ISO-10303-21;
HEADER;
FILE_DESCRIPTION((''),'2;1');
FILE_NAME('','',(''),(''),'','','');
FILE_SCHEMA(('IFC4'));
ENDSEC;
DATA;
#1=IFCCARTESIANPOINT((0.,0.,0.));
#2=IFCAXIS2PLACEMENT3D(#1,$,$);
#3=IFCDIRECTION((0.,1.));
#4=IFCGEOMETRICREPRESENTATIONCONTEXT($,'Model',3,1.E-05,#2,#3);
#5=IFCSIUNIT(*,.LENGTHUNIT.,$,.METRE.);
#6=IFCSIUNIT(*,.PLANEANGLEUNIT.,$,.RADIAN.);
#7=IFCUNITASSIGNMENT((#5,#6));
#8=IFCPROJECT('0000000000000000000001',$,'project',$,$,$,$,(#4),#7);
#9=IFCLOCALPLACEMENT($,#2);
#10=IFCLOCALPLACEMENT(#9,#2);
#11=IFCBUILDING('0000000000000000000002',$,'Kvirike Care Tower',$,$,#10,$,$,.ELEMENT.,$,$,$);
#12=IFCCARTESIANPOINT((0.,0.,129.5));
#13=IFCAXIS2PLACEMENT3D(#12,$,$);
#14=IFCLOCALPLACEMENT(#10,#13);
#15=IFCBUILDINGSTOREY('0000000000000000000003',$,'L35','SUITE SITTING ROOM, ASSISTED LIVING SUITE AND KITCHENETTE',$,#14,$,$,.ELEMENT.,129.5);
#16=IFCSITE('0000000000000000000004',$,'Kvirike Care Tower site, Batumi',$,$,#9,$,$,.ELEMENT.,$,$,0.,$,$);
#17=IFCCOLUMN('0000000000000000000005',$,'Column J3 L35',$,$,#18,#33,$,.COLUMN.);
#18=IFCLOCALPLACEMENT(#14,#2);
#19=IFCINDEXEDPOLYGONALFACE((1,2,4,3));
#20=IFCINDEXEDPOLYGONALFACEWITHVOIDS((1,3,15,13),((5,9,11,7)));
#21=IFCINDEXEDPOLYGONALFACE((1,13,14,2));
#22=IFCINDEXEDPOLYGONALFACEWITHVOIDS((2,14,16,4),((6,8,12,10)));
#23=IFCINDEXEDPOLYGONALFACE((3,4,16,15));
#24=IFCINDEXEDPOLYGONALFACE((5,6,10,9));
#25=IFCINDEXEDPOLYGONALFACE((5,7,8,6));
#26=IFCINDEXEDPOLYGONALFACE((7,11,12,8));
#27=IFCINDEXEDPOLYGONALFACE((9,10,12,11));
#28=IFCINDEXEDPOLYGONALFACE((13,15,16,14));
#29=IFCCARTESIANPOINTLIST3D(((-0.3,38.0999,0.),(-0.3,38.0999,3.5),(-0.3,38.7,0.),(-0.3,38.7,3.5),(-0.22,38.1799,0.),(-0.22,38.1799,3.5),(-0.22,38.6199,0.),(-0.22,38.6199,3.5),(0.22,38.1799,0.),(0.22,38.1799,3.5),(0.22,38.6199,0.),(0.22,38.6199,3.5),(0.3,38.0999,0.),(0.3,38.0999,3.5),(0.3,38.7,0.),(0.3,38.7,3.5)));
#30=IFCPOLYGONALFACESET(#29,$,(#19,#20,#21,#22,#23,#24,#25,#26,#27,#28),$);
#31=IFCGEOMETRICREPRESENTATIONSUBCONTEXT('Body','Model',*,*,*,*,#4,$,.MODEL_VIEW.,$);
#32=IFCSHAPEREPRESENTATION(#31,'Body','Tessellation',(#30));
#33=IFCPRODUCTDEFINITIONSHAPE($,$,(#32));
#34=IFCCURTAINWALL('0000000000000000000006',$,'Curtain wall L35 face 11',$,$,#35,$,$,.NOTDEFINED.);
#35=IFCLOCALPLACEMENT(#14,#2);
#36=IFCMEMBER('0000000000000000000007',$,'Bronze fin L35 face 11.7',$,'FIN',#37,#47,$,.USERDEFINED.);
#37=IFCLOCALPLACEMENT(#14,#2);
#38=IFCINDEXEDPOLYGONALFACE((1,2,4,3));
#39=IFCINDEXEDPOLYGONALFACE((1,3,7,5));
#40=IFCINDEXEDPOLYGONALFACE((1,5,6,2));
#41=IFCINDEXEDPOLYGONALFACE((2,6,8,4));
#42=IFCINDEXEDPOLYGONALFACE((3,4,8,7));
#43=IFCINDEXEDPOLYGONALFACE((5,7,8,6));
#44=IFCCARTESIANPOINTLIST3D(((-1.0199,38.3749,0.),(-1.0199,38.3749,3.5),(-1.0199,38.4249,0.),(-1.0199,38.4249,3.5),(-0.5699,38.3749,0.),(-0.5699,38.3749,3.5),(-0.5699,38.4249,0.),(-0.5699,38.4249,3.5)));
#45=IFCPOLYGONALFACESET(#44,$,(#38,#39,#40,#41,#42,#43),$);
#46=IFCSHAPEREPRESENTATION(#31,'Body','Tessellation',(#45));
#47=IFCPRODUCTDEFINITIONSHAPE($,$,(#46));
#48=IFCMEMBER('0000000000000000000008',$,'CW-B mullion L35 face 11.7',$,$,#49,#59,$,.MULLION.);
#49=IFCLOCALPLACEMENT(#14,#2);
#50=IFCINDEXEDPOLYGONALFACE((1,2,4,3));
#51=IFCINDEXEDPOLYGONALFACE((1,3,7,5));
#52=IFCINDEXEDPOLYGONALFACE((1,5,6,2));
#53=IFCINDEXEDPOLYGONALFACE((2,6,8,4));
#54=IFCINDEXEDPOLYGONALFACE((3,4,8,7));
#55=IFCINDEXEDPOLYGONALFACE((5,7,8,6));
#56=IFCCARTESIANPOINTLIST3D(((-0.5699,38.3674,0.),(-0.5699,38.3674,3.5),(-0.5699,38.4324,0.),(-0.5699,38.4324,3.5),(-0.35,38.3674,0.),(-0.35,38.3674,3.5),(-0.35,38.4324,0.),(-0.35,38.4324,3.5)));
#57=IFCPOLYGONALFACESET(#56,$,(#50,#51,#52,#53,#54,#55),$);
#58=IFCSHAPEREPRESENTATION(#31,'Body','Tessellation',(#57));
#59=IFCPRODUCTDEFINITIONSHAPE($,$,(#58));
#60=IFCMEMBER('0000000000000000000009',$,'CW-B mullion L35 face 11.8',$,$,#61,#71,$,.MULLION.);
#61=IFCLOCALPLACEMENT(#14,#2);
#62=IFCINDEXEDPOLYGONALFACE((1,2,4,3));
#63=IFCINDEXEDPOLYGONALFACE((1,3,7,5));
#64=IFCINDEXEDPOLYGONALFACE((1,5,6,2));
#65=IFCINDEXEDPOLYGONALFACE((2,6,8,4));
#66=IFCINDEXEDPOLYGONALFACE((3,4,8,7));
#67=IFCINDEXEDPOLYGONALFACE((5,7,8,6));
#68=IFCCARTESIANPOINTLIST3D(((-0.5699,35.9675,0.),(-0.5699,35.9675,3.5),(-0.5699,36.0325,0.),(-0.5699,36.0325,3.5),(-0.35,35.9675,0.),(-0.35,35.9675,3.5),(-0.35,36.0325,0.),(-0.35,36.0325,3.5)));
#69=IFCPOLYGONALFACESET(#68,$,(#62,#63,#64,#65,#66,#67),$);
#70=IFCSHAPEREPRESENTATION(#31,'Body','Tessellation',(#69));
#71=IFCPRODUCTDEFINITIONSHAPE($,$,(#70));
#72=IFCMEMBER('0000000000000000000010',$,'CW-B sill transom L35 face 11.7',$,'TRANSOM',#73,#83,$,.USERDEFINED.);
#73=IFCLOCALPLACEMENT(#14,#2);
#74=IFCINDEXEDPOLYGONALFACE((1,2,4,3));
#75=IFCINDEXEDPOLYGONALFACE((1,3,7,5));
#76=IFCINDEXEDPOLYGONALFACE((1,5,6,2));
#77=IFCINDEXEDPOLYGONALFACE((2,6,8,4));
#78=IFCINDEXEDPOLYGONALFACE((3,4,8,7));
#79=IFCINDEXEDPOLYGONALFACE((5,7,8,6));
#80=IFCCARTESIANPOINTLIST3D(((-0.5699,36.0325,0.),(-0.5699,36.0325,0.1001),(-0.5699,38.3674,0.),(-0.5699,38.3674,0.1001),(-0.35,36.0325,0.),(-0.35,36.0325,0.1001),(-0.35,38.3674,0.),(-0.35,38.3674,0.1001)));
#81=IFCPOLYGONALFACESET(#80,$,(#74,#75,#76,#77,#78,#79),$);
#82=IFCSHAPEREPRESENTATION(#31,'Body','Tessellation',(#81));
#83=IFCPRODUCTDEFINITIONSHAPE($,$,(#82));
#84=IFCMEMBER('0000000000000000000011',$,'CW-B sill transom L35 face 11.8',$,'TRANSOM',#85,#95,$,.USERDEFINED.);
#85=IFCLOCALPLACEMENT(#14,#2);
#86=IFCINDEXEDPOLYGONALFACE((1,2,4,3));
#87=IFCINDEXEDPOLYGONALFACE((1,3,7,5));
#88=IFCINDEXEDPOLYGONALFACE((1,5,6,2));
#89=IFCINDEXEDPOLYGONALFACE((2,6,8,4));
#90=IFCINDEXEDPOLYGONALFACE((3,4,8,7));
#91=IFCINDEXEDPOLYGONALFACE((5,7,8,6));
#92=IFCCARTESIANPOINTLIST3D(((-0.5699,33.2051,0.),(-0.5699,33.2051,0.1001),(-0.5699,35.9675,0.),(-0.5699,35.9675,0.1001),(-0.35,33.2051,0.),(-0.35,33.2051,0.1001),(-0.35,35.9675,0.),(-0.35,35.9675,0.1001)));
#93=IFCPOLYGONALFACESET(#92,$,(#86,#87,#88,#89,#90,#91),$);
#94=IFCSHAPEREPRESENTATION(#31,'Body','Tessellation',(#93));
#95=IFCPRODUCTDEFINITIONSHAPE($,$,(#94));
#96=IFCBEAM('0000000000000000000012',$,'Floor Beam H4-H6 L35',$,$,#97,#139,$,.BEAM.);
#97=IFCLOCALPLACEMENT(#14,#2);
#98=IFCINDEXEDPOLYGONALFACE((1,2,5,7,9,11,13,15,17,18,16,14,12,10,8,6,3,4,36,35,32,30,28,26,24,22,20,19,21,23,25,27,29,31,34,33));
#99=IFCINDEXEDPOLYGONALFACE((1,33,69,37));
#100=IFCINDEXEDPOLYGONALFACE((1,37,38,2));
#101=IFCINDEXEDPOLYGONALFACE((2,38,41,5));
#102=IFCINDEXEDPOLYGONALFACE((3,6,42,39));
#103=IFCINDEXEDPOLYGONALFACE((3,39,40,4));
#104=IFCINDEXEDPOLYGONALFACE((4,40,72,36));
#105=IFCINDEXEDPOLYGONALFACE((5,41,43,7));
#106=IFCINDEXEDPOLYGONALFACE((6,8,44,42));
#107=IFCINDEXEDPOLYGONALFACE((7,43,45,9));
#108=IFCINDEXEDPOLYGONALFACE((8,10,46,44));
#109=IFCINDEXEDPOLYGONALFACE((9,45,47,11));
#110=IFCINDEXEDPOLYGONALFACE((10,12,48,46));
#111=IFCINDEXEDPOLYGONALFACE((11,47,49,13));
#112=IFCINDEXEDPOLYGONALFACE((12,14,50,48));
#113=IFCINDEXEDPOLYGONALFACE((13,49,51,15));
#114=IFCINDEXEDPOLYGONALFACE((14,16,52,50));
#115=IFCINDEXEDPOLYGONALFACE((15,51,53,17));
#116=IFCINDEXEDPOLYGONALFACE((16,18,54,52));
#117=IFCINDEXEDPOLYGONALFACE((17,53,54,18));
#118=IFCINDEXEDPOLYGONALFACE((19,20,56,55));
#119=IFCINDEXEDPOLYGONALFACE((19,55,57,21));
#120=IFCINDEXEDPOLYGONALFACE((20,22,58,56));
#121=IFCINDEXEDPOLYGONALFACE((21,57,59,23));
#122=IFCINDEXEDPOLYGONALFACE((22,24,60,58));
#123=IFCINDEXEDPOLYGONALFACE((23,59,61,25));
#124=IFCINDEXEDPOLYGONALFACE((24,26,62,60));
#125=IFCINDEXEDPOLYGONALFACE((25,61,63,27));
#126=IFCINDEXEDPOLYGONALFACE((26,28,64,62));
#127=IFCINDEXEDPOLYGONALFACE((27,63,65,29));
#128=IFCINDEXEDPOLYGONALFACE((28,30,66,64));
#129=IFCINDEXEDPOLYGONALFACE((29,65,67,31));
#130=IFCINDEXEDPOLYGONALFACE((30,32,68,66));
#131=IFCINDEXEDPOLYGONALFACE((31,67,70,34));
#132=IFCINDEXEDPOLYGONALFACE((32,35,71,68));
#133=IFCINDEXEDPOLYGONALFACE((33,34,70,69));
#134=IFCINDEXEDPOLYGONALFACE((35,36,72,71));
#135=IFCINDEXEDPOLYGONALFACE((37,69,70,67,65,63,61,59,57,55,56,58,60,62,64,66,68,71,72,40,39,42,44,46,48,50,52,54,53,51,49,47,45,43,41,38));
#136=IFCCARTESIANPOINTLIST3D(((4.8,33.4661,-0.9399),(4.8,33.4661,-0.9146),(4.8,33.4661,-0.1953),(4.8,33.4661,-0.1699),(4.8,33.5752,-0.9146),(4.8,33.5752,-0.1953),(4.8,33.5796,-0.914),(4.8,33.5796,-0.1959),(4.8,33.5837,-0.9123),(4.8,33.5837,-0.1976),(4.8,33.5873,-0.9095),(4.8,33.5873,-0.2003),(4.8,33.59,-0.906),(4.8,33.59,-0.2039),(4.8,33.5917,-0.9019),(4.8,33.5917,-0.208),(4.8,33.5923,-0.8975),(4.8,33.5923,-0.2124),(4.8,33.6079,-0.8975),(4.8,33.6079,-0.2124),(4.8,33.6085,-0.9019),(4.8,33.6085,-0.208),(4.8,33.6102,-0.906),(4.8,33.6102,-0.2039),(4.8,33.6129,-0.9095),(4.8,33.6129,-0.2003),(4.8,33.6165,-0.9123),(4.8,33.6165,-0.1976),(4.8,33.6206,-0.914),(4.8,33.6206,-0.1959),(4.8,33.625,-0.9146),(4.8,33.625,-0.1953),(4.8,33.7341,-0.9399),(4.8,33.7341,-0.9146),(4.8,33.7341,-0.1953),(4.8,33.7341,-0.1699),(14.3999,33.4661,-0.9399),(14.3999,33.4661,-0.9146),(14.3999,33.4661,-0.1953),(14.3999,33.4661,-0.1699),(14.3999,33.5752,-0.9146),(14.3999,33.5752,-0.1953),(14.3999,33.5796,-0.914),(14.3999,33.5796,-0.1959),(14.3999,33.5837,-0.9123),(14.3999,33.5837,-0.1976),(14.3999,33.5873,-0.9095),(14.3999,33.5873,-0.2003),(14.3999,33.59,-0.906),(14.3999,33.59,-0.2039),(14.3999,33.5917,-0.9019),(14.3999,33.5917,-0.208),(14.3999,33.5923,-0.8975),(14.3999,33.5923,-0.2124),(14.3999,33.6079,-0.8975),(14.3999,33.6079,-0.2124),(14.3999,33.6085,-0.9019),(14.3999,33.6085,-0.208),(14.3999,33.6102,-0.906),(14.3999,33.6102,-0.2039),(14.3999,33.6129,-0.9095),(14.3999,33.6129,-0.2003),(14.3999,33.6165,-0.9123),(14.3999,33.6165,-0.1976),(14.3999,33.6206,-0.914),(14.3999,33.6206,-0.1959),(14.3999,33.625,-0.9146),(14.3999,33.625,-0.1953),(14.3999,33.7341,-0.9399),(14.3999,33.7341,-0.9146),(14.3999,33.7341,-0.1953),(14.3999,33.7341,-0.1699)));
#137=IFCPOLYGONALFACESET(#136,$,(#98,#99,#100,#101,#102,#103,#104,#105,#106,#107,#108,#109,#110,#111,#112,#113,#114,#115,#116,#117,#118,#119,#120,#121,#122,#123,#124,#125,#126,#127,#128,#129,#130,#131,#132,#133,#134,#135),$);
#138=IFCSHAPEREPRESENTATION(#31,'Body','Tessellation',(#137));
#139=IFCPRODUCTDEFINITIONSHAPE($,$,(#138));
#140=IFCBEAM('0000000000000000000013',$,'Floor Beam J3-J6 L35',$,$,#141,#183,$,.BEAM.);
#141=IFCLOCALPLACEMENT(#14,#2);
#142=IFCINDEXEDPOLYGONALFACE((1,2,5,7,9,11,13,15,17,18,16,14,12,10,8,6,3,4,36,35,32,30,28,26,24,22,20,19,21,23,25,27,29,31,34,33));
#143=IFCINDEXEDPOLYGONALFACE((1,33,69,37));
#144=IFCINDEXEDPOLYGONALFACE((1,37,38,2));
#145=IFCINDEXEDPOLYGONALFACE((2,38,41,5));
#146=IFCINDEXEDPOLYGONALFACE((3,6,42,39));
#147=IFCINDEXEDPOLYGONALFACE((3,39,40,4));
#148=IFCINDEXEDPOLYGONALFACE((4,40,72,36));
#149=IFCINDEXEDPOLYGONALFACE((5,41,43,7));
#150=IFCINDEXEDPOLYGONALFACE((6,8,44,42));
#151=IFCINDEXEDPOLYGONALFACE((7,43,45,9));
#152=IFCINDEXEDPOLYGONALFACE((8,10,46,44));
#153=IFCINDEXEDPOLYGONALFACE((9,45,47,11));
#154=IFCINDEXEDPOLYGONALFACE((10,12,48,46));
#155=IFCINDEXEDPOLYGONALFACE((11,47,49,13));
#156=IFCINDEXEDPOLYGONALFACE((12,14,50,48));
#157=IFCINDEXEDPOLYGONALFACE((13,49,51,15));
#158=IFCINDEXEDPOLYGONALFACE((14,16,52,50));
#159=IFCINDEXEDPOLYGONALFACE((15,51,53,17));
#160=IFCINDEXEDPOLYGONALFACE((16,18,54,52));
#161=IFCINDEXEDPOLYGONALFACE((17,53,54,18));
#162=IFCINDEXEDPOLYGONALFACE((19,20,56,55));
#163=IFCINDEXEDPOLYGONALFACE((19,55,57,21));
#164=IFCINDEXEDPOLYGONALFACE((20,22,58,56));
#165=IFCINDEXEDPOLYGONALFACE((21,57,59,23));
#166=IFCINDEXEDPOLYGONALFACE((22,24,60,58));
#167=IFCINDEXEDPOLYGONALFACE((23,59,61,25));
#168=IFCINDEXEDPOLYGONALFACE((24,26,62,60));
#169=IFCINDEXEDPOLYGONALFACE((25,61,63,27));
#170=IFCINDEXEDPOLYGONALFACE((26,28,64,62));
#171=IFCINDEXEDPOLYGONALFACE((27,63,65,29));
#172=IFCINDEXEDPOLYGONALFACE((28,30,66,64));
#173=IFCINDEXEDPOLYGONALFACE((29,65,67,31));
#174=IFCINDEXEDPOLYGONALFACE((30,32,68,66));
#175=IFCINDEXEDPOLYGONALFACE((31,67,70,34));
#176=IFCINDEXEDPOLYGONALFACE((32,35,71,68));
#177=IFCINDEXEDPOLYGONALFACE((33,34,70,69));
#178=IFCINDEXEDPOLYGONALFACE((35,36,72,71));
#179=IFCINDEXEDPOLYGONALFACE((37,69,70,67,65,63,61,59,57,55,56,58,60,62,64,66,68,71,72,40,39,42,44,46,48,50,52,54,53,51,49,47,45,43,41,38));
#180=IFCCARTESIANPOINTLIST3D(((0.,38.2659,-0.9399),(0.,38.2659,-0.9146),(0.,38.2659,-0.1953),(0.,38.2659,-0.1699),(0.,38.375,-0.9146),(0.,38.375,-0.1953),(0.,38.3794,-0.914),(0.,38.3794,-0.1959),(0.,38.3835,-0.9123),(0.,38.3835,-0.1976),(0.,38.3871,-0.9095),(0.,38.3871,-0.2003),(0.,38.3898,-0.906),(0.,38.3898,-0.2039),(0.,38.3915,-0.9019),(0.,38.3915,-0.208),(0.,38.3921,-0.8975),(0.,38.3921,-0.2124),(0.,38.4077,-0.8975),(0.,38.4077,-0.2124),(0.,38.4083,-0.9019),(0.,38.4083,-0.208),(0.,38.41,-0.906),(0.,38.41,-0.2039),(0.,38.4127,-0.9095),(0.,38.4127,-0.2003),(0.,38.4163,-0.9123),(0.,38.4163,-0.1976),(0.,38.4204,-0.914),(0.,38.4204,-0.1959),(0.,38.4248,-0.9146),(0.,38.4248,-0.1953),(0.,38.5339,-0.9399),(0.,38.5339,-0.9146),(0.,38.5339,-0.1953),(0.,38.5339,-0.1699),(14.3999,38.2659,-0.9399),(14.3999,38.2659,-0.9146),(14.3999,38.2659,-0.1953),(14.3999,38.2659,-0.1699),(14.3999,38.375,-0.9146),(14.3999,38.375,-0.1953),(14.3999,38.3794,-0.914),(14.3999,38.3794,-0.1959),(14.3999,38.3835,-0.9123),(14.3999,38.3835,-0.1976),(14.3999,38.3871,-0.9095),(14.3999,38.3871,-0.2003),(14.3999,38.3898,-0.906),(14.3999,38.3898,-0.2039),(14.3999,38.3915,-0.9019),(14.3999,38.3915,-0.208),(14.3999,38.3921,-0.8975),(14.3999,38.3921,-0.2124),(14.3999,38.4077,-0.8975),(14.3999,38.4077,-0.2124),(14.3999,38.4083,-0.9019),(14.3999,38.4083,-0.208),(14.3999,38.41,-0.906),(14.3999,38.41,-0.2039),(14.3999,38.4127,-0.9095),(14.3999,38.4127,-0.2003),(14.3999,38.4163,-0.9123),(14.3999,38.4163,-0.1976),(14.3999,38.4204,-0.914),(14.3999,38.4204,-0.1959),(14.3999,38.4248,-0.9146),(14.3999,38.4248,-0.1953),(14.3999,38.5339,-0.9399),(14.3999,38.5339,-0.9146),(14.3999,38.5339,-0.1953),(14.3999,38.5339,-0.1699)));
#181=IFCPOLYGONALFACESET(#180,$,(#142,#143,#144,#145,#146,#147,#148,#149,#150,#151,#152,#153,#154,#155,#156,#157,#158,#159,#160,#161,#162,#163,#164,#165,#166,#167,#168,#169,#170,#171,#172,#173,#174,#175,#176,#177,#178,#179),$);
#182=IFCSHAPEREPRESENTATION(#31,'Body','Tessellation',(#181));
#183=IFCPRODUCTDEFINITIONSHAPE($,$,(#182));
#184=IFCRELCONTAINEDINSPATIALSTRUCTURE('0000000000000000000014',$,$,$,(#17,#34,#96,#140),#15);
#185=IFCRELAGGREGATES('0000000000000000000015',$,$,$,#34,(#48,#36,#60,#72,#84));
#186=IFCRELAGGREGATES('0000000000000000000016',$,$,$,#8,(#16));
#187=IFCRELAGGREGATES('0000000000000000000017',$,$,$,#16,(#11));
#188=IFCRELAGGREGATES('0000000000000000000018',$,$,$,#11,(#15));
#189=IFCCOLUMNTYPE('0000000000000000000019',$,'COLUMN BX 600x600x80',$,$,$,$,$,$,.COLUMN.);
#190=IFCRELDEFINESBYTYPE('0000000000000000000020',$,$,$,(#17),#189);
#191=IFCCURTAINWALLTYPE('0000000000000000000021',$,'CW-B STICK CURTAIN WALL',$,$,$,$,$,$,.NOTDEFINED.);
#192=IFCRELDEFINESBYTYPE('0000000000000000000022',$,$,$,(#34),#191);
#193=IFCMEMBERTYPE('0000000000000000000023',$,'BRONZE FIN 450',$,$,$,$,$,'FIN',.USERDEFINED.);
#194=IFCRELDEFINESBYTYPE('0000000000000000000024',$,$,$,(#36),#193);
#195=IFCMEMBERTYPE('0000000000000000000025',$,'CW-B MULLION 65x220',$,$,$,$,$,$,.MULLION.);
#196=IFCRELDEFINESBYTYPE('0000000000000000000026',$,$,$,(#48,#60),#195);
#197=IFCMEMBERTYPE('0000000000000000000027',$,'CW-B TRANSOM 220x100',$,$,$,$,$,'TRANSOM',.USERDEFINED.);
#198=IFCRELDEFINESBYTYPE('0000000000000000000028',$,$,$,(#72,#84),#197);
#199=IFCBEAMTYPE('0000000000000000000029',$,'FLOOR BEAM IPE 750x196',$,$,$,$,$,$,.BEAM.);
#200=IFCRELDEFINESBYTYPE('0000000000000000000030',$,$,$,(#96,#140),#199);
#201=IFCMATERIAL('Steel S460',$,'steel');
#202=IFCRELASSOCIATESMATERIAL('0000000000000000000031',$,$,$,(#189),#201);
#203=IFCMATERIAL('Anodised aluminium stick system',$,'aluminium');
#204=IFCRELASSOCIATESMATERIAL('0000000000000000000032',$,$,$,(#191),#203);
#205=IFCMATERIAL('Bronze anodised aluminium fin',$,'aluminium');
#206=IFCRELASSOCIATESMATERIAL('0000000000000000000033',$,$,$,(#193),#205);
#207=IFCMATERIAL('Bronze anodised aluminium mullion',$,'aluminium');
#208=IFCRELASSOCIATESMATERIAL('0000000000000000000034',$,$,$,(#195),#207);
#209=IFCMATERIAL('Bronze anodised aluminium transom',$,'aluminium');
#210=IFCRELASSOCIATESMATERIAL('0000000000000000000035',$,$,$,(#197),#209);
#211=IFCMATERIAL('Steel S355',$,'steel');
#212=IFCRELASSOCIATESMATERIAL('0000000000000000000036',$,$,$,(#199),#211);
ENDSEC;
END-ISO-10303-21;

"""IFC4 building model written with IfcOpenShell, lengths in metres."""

from ifc_helpers import new_model, si_unit, direction, frame, origin, origin_2d, place, context, subcontext, project, spatial, rectangle, hollow_rectangle, i_section, extrude, material, material_profile, profile_set, type_object, element, aggregate, save


model = new_model("IFC4")

# Units and contexts
model_context = context("Model", 3, precision=1e-05, world=origin(), true_north=direction((0.0, 1.0)))
body_context = subcontext(model_context, "Body", "Model", "MODEL_VIEW")
ifc_project = project(units=[si_unit("LENGTHUNIT", "METRE"), si_unit("PLANEANGLEUNIT", "RADIAN")], contexts=[model_context])

# Site, building, storey
site_placement = place(None, origin())
site = spatial("IfcSite", under=ifc_project, at=site_placement, Name="Kvirike Care Tower site, Batumi", CompositionType="ELEMENT", RefElevation=0.0)
building_placement = place(site_placement, origin())
building = spatial("IfcBuilding", under=site, at=building_placement, Name="Kvirike Care Tower", CompositionType="ELEMENT")
storey_placement = place(building_placement, frame((0.0, 0.0, 129.5)))
storey = spatial("IfcBuildingStorey", under=building, at=storey_placement, Name="L35", Description="SUITE SITTING ROOM, ASSISTED LIVING SUITE AND KITCHENETTE", CompositionType="ELEMENT", Elevation=129.5)

# Column
ifc_material_1 = material(Name="Steel S460", Category="steel")
ifc_material_profile_1 = material_profile(ifc_material_1, hollow_rectangle(XDim=0.6001, YDim=0.6001, WallThickness=0.0801, at=origin_2d()), Name="BX 600x600x80")
ifc_profile_set_1 = profile_set([ifc_material_profile_1], Name="Steel S460")
column_type = type_object("IfcColumnType", Name="COLUMN BX 600x600x80", PredefinedType="COLUMN", material=ifc_profile_set_1)
column_placement = place(storey_placement, frame((0.0, 38.3999, 0.0), z_axis=(0.0, 0.0, 1.0), x_axis=(1.0, 0.0, 0.0)))
element("IfcColumn", 1, at=column_placement, inside=storey, type_object=column_type, Name="Column J3 L35", PredefinedType="COLUMN", context=body_context, shape_type="SweptSolid", body=[
    extrude(hollow_rectangle(XDim=0.6001, YDim=0.6001, WallThickness=0.0801, at=origin_2d()), origin(), (0.0, 0.0, 1.0), 3.5),
])

# Curtain wall, members
ifc_material_2 = material(Name="Anodised aluminium stick system", Category="aluminium")
curtain_wall_type = type_object("IfcCurtainWallType", Name="CW-B STICK CURTAIN WALL", PredefinedType="NOTDEFINED", material=ifc_material_2)
curtain_wall_placement = place(storey_placement, origin())
curtain_wall = element("IfcCurtainWall", 2, at=curtain_wall_placement, inside=storey, type_object=curtain_wall_type, Name="Curtain wall L35 face 11", PredefinedType="NOTDEFINED")
ifc_material_3 = material(Name="Bronze anodised aluminium fin", Category="aluminium")
ifc_material_profile_2 = material_profile(ifc_material_3, rectangle(XDim=0.05, YDim=0.45, at=origin_2d()), Name="BRONZE FIN 450")
ifc_profile_set_2 = profile_set([ifc_material_profile_2], Name="Bronze anodised aluminium fin")
member_type_1 = type_object("IfcMemberType", Name="BRONZE FIN 450", ElementType="FIN", PredefinedType="USERDEFINED", material=ifc_profile_set_2)
member_1_placement = place(storey_placement, frame((-0.7949, 38.3999, 0.0), z_axis=(0.0, 0.0, 1.0), x_axis=(0.0, -1.0, 0.0)))
member_1 = element("IfcMember", 3, at=member_1_placement, type_object=member_type_1, Name="Bronze fin L35 face 11.7", ObjectType="FIN", PredefinedType="USERDEFINED", context=body_context, shape_type="SweptSolid", body=[
    extrude(rectangle(XDim=0.05, YDim=0.45, at=origin_2d()), origin(), (0.0, 0.0, 1.0), 3.5),
])
ifc_material_4 = material(Name="Bronze anodised aluminium mullion", Category="aluminium")
ifc_material_profile_3 = material_profile(ifc_material_4, rectangle(XDim=0.0649, YDim=0.22, at=origin_2d()), Name="CW-B MULLION 65x220")
ifc_profile_set_3 = profile_set([ifc_material_profile_3], Name="Bronze anodised aluminium mullion")
member_type_2 = type_object("IfcMemberType", Name="CW-B MULLION 65x220", PredefinedType="MULLION", material=ifc_profile_set_3)
member_2_placement = place(storey_placement, frame((-0.46, 38.3999, 0.0), z_axis=(0.0, 0.0, 1.0), x_axis=(0.0, -1.0, 0.0)))
member_2 = element("IfcMember", 4, at=member_2_placement, type_object=member_type_2, Name="CW-B mullion L35 face 11.7", PredefinedType="MULLION", context=body_context, shape_type="SweptSolid", body=[
    extrude(rectangle(XDim=0.0649, YDim=0.22, at=origin_2d()), origin(), (0.0, 0.0, 1.0), 3.5),
])
member_3_placement = place(storey_placement, frame((-0.46, 36.0, 0.0), z_axis=(0.0, 0.0, 1.0), x_axis=(0.0, -1.0, 0.0)))
member_3 = element("IfcMember", 5, at=member_3_placement, type_object=member_type_2, Name="CW-B mullion L35 face 11.8", PredefinedType="MULLION", context=body_context, shape_type="SweptSolid", body=[
    extrude(rectangle(XDim=0.0649, YDim=0.22, at=origin_2d()), origin(), (0.0, 0.0, 1.0), 3.5),
])
ifc_material_5 = material(Name="Bronze anodised aluminium transom", Category="aluminium")
ifc_material_profile_4 = material_profile(ifc_material_5, rectangle(XDim=0.22, YDim=0.1001, at=origin_2d()), Name="CW-B TRANSOM 220x100")
ifc_profile_set_4 = profile_set([ifc_material_profile_4], Name="Bronze anodised aluminium transom")
member_type_3 = type_object("IfcMemberType", Name="CW-B TRANSOM 220x100", ElementType="TRANSOM", PredefinedType="USERDEFINED", material=ifc_profile_set_4)
member_4_placement = place(storey_placement, frame((-0.46, 38.3674, 0.05), z_axis=(0.0, -1.0, 0.0), x_axis=(1.0, 0.0, 0.0)))
member_4 = element("IfcMember", 6, at=member_4_placement, type_object=member_type_3, Name="CW-B sill transom L35 face 11.7", ObjectType="TRANSOM", PredefinedType="USERDEFINED", context=body_context, shape_type="SweptSolid", body=[
    extrude(rectangle(XDim=0.22, YDim=0.1001, at=origin_2d()), origin(), (0.0, 0.0, 1.0), 2.335),
])
member_5_placement = place(storey_placement, frame((-0.46, 35.9675, 0.05), z_axis=(0.0, -1.0, 0.0), x_axis=(1.0, 0.0, 0.0)))
member_5 = element("IfcMember", 7, at=member_5_placement, type_object=member_type_3, Name="CW-B sill transom L35 face 11.8", ObjectType="TRANSOM", PredefinedType="USERDEFINED", context=body_context, shape_type="SweptSolid", body=[
    extrude(rectangle(XDim=0.22, YDim=0.1001, at=origin_2d()), origin(), (0.0, 0.0, 1.0), 2.7625),
])

# Beams
ifc_material_6 = material(Name="Steel S355", Category="steel")
ifc_material_profile_5 = material_profile(ifc_material_6, i_section(OverallWidth=0.2681, OverallDepth=0.77, WebThickness=0.0156, FlangeThickness=0.0254, FilletRadius=0.0171, at=origin_2d()), Name="IPE 750x196")
ifc_profile_set_5 = profile_set([ifc_material_profile_5], Name="Steel S355")
beam_type_1 = type_object("IfcBeamType", Name="FLOOR BEAM IPE 750x196", PredefinedType="BEAM", material=ifc_profile_set_5)
beam_1_placement = place(storey_placement, frame((4.8, 33.6001, -0.5549), z_axis=(1.0, 0.0, 0.0), x_axis=(0.0, 1.0, 0.0)))
element("IfcBeam", 8, at=beam_1_placement, inside=storey, type_object=beam_type_1, Name="Floor Beam H4-H6 L35", PredefinedType="BEAM", context=body_context, shape_type="SweptSolid", body=[
    extrude(i_section(OverallWidth=0.2681, OverallDepth=0.77, WebThickness=0.0156, FlangeThickness=0.0254, FilletRadius=0.0171, at=origin_2d()), origin(), (0.0, 0.0, 1.0), 9.5999),
])
beam_2_placement = place(storey_placement, frame((0.0, 38.3999, -0.5549), z_axis=(1.0, 0.0, 0.0), x_axis=(0.0, 1.0, 0.0)))
element("IfcBeam", 9, at=beam_2_placement, inside=storey, type_object=beam_type_1, Name="Floor Beam J3-J6 L35", PredefinedType="BEAM", context=body_context, shape_type="SweptSolid", body=[
    extrude(i_section(OverallWidth=0.2681, OverallDepth=0.77, WebThickness=0.0156, FlangeThickness=0.0254, FilletRadius=0.0171, at=origin_2d()), origin(), (0.0, 0.0, 1.0), 14.3999),
])

aggregate(curtain_wall, [member_2, member_1, member_3, member_4, member_5])

save(model, "model.ifc")
